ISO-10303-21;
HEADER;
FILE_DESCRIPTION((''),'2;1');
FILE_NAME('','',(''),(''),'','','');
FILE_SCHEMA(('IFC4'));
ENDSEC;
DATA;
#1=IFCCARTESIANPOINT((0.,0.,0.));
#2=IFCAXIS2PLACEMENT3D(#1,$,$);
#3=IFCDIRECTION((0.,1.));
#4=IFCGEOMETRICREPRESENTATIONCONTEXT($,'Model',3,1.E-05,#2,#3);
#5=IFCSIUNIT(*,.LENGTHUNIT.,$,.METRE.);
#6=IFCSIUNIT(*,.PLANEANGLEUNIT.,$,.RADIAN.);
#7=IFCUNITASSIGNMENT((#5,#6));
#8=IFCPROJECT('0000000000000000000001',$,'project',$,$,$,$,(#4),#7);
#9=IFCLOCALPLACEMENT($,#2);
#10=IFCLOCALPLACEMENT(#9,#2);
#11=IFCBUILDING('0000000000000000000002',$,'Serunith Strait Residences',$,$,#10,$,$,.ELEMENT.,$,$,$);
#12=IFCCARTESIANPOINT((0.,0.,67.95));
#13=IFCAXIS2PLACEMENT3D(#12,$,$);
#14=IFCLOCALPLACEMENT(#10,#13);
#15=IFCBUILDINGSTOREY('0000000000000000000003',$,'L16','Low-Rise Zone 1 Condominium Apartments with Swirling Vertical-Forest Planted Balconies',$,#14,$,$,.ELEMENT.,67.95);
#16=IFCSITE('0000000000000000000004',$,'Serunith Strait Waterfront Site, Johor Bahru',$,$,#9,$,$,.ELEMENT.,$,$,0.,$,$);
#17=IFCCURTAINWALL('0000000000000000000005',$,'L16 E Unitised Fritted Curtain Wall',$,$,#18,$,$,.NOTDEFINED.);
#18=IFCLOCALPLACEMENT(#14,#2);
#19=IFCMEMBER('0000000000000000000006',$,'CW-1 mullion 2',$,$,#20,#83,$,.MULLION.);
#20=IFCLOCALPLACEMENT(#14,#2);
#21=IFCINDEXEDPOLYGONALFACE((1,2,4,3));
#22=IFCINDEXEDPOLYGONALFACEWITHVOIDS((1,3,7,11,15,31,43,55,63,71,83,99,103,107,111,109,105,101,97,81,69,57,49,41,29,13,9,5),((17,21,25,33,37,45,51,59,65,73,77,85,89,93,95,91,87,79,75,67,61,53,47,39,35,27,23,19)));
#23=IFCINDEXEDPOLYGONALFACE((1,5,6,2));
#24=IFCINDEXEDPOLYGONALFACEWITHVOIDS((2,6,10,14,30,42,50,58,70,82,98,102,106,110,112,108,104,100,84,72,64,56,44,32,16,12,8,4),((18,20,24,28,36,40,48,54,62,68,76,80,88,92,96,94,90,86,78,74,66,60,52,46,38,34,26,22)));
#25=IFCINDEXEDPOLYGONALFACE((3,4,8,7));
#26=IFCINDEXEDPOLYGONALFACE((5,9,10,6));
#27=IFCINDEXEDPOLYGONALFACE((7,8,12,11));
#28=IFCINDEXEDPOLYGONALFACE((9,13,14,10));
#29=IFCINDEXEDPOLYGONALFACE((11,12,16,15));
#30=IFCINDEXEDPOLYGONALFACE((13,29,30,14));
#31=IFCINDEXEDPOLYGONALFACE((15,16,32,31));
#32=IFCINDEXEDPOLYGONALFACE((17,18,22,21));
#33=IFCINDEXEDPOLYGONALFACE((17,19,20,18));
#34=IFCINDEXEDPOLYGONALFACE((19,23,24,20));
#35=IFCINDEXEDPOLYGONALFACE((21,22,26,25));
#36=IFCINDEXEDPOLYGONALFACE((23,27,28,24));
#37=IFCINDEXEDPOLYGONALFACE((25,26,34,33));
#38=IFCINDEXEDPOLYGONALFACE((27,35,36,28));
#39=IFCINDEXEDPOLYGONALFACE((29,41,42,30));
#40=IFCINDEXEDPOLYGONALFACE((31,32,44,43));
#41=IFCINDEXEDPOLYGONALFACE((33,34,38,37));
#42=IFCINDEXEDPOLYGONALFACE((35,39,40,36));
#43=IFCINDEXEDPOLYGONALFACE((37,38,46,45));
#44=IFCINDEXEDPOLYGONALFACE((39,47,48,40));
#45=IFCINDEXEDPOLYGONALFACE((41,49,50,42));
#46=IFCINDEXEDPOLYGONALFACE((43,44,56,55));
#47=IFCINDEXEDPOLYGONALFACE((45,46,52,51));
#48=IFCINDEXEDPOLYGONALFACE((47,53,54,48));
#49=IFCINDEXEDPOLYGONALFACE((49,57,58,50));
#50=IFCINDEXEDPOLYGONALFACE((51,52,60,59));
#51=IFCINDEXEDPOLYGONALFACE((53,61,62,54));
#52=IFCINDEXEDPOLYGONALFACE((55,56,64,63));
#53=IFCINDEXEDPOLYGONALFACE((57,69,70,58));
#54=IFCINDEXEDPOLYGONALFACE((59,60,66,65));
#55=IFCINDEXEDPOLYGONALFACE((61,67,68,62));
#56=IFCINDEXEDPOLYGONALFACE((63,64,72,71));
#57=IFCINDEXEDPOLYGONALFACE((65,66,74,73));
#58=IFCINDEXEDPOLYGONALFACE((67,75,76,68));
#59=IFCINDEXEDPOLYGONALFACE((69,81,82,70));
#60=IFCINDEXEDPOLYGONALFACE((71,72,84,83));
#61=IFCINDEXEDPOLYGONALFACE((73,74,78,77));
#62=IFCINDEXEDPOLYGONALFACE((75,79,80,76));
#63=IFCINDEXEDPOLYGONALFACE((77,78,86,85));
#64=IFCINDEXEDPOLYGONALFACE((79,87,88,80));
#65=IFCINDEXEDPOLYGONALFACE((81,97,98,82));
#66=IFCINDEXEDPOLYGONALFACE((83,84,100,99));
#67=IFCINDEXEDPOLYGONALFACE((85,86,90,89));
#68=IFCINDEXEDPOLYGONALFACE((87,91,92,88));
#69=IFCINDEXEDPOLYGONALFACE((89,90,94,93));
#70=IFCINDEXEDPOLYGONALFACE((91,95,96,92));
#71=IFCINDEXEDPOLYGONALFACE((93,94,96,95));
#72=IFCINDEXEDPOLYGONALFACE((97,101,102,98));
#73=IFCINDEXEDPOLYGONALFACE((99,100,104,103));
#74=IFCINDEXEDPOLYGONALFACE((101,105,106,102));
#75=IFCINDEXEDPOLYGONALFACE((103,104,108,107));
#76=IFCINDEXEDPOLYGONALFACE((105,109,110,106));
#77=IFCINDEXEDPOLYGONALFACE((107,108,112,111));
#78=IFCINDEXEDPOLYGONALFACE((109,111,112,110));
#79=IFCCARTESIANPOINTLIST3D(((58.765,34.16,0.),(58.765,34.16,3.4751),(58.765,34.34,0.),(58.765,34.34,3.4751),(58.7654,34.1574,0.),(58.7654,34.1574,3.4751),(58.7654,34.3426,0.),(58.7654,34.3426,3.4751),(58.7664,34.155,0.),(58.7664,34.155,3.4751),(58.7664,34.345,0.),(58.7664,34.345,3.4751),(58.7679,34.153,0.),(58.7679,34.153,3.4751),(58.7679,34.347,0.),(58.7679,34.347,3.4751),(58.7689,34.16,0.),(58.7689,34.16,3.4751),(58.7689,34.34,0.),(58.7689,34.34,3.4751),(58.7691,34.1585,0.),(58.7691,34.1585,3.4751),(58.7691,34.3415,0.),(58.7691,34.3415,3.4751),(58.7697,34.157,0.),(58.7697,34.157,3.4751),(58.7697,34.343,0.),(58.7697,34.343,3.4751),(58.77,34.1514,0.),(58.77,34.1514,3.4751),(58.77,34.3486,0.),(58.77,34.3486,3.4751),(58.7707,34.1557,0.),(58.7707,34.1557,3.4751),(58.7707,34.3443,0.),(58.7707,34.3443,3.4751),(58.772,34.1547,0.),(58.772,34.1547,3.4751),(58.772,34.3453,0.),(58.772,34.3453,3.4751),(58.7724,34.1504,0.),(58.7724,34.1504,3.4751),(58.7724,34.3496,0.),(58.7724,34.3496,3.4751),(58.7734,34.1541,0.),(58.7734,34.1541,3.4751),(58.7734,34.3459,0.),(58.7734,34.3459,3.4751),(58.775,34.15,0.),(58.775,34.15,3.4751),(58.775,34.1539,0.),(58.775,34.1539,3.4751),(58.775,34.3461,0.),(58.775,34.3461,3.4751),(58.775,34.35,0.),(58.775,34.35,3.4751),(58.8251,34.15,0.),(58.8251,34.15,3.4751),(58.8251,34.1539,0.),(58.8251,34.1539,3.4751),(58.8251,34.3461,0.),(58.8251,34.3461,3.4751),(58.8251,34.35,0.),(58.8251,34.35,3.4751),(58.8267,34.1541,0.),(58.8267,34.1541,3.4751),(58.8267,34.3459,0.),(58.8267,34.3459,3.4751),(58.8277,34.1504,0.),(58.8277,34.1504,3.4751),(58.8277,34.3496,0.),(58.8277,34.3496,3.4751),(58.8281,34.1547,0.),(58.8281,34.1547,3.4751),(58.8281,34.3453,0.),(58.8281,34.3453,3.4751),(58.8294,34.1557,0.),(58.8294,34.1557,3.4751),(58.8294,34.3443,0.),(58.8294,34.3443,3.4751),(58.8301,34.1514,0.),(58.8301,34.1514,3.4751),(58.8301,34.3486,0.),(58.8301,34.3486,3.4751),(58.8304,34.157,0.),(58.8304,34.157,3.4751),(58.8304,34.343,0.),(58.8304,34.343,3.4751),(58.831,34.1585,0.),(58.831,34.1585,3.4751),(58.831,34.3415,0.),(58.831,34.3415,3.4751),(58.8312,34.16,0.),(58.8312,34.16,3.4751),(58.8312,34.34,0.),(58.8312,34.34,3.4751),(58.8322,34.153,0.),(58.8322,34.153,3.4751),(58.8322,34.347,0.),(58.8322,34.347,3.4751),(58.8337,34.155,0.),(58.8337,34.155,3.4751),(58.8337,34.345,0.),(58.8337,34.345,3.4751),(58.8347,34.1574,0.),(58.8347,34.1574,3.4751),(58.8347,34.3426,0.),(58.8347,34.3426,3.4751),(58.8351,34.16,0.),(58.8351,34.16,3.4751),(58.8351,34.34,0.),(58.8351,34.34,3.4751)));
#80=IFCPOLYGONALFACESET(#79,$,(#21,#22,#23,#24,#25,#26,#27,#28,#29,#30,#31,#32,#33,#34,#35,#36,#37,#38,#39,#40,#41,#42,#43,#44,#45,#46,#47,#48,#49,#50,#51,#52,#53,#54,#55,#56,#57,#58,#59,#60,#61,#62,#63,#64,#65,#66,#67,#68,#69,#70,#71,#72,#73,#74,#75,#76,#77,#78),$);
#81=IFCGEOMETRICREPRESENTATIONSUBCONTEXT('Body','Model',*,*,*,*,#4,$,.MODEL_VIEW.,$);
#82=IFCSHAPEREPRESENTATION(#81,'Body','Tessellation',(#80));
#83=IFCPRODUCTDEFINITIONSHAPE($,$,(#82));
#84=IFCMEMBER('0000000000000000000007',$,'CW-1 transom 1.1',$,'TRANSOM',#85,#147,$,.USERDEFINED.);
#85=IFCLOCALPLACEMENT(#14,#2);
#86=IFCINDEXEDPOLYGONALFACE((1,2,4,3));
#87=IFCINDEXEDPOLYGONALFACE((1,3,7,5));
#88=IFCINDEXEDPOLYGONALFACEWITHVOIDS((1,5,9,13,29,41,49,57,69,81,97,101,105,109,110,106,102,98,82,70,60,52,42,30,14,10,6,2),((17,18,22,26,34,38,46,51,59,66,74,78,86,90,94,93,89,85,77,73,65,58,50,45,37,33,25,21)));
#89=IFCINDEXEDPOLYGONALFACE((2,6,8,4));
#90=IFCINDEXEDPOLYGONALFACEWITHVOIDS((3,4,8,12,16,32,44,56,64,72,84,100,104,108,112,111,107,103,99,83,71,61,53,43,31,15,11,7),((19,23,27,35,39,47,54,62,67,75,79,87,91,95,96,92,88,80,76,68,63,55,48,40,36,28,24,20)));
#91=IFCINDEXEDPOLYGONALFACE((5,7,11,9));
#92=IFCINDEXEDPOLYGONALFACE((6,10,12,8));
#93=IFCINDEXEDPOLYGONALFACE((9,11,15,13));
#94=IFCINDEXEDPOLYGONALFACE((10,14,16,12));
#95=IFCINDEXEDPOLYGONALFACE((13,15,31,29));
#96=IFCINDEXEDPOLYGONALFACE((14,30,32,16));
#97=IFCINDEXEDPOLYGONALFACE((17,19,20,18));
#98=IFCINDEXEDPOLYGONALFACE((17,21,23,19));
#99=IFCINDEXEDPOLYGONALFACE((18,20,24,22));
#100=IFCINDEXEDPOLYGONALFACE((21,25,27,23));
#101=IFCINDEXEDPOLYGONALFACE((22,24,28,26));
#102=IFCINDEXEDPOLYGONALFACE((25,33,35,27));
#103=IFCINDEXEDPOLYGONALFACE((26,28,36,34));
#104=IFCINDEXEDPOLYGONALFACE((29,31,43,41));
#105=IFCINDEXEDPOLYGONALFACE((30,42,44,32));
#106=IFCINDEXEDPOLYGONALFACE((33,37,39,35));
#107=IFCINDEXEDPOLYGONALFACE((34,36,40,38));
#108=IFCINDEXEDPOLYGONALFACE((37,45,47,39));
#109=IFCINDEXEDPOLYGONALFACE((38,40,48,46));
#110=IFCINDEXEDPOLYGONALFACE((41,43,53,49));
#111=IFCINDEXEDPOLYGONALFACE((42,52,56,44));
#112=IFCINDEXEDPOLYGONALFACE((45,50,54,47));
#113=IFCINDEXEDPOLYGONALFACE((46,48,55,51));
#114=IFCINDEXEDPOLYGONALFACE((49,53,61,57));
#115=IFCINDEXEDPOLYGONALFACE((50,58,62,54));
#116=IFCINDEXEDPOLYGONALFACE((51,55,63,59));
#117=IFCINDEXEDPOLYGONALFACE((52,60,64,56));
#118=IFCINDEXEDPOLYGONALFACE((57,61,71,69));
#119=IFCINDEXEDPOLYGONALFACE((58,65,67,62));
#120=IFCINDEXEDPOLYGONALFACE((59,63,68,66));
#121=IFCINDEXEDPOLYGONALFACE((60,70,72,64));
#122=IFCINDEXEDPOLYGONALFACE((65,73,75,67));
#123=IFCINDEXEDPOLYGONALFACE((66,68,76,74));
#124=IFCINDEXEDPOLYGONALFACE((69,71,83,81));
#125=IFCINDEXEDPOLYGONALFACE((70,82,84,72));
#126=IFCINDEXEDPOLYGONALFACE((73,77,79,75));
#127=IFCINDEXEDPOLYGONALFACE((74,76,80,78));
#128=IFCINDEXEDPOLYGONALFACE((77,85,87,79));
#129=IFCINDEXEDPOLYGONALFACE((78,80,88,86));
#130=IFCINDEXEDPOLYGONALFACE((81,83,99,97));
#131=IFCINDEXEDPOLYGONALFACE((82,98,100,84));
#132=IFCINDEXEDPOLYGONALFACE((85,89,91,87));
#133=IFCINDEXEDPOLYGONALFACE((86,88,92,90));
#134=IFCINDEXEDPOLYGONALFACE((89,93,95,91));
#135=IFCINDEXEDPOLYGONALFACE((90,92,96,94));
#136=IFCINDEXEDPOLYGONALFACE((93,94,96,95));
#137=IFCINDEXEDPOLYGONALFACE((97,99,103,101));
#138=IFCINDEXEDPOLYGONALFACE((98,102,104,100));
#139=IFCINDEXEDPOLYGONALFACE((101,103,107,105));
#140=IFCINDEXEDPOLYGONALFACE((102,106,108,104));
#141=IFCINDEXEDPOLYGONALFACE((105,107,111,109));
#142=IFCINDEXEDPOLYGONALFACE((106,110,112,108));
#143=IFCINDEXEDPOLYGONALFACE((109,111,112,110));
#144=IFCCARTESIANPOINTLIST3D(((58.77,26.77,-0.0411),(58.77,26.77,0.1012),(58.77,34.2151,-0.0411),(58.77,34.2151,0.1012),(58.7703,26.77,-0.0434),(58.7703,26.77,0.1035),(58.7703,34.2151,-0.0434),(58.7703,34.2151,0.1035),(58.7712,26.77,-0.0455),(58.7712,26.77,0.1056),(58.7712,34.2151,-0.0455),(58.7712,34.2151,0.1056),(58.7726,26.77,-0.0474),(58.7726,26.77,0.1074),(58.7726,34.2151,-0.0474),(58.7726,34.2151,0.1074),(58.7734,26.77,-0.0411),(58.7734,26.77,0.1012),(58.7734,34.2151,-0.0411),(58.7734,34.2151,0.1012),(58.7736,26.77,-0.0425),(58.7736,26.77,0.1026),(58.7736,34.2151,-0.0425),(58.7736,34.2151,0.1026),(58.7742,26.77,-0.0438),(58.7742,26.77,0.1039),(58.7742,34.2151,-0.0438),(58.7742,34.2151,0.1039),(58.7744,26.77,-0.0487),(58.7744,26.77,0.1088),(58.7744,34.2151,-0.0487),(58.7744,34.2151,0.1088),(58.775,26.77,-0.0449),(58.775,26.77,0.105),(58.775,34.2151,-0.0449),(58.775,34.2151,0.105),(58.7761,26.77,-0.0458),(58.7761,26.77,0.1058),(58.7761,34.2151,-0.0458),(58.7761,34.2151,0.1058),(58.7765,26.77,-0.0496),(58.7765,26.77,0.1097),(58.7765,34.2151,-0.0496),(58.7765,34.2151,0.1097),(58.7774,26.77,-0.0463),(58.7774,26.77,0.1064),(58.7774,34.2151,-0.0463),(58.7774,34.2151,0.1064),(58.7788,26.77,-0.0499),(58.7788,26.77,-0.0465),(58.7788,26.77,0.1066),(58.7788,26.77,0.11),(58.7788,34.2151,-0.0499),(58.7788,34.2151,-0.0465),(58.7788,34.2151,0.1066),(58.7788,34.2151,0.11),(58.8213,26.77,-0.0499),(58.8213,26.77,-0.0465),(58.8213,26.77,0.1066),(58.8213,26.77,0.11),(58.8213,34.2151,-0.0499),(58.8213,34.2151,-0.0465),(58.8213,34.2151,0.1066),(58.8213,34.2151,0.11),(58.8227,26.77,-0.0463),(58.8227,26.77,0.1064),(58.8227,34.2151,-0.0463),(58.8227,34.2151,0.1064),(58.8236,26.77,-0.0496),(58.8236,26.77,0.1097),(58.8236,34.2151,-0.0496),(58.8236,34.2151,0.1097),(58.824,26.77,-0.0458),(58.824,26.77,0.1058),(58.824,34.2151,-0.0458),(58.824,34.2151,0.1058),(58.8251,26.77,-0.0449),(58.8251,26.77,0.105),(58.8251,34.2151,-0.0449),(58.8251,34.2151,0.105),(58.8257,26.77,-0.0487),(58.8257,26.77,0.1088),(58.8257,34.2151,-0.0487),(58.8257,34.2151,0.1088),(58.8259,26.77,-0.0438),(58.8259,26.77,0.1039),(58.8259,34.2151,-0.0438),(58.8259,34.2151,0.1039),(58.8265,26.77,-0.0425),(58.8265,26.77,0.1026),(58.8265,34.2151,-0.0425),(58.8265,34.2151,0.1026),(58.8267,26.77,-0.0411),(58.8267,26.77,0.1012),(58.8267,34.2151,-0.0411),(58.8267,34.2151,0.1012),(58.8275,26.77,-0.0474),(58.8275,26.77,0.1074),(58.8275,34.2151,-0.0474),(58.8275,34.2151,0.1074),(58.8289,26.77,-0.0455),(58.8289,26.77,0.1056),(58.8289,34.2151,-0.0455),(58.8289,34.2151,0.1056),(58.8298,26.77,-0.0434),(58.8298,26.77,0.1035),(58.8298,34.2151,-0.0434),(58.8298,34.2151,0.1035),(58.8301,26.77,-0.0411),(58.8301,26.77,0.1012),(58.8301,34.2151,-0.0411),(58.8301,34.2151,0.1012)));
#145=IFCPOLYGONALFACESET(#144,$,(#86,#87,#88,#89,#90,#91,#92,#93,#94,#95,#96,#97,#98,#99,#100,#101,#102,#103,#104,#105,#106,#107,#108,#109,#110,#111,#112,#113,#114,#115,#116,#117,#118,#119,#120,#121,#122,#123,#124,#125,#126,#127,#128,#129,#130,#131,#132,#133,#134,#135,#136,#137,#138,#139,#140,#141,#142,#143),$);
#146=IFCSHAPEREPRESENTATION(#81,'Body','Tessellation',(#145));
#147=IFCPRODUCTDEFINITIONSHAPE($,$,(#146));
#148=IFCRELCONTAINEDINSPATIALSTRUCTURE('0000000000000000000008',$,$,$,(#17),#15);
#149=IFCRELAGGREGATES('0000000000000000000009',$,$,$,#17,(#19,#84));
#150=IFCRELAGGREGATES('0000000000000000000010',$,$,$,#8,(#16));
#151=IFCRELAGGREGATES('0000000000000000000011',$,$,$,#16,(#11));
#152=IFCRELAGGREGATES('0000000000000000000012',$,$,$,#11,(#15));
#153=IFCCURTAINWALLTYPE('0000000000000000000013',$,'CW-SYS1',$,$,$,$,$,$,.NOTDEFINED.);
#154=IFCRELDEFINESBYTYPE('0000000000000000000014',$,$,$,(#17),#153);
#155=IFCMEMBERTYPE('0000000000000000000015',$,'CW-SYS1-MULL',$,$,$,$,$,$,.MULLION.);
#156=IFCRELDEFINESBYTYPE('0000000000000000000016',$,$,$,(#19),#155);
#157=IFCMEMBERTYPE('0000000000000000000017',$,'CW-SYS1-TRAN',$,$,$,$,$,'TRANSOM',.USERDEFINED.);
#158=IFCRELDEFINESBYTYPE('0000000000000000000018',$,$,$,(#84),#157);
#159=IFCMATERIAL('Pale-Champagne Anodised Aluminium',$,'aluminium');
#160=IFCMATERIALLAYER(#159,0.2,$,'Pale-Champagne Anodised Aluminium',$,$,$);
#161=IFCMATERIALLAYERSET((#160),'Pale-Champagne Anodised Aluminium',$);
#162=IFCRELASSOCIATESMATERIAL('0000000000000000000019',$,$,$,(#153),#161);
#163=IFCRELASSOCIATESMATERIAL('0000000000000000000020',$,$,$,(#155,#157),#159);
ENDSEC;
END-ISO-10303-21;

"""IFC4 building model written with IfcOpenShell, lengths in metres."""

from ifc_helpers import new_model, si_unit, direction, frame, origin, origin_2d, place, context, subcontext, project, spatial, hollow_rectangle, extrude, source, transform, mapped, material, layer, layer_set, material_profile, profile_set, type_object, element, aggregate, save


model = new_model("IFC4")

# Units and contexts
model_context = context("Model", 3, precision=1e-05, world=origin(), true_north=direction((0.0, 1.0)))
body_context = subcontext(model_context, "Body", "Model", "MODEL_VIEW")
ifc_project = project(units=[si_unit("LENGTHUNIT", "METRE"), si_unit("PLANEANGLEUNIT", "RADIAN")], contexts=[model_context])

# Site, building, storey
site_placement = place(None, origin())
site = spatial("IfcSite", under=ifc_project, at=site_placement, Name="Serunith Strait Waterfront Site, Johor Bahru", CompositionType="ELEMENT", RefElevation=0.0)
building_placement = place(site_placement, origin())
building = spatial("IfcBuilding", under=site, at=building_placement, Name="Serunith Strait Residences", CompositionType="ELEMENT")
storey_placement = place(building_placement, frame((0.0, 0.0, 67.95)))
storey = spatial("IfcBuildingStorey", under=building, at=storey_placement, Name="L16", Description="Low-Rise Zone 1 Condominium Apartments with Swirling Vertical-Forest Planted Balconies", CompositionType="ELEMENT", Elevation=67.95)

# Shared definitions
ifc_material_1 = material(Name="Pale-Champagne Anodised Aluminium", Category="aluminium")
ifc_layer_1 = layer(ifc_material_1, 0.2, Name="Pale-Champagne Anodised Aluminium")
ifc_layer_set_1 = layer_set([ifc_layer_1], Name="Pale-Champagne Anodised Aluminium")
curtain_wall_type = type_object("IfcCurtainWallType", Name="CW-SYS1", PredefinedType="NOTDEFINED", material=ifc_layer_set_1)
ifc_material_profile_1 = material_profile(ifc_material_1, hollow_rectangle(XDim=0.0701, YDim=0.2, WallThickness=0.0039, InnerFilletRadius=0.0061, OuterFilletRadius=0.01, at=origin_2d()), Name="ALU 200x70x4")
ifc_profile_set_1 = profile_set([ifc_material_profile_1], Name="Pale-Champagne Anodised Aluminium")
member_type_1 = type_object("IfcMemberType", Name="CW-SYS1-MULL", PredefinedType="MULLION", material=ifc_profile_set_1)
shared_shape_1 = source(origin(), body_context, "Body", "SweptSolid", [
    extrude(hollow_rectangle(XDim=0.0701, YDim=0.2, WallThickness=0.0039, InnerFilletRadius=0.0061, OuterFilletRadius=0.01, at=origin_2d()), origin(), (0.0, 0.0, 1.0), 3.4751),
])

# Curtain wall, members
curtain_wall_1_placement = place(storey_placement, origin())
curtain_wall_1 = element("IfcCurtainWall", 1, at=curtain_wall_1_placement, inside=storey, type_object=curtain_wall_type, Name="L16 E Unitised Fritted Curtain Wall", PredefinedType="NOTDEFINED")
member_1_placement = place(storey_placement, frame((58.8, 34.25, 0.0), z_axis=(0.0, 0.0, 1.0), x_axis=(-1.0, 0.0, 0.0)))
member_1 = element("IfcMember", 2, at=member_1_placement, type_object=member_type_1, Name="CW-1 mullion 2", PredefinedType="MULLION", context=body_context, shape_type="MappedRepresentation", body=[
    mapped(shared_shape_1, transform((0.0, 0.0, 0.0), scale=1.0)),
])
ifc_material_profile_2 = material_profile(ifc_material_1, hollow_rectangle(XDim=0.0601, YDim=0.1599, WallThickness=0.0034, InnerFilletRadius=0.0054, OuterFilletRadius=0.0088, at=origin_2d()), Name="ALU 160x60x3.5")
ifc_profile_set_2 = profile_set([ifc_material_profile_2], Name="Pale-Champagne Anodised Aluminium")
member_type_2 = type_object("IfcMemberType", Name="CW-SYS1-TRAN", ElementType="TRANSOM", PredefinedType="USERDEFINED", material=ifc_profile_set_2)
shared_shape_2 = source(origin(), body_context, "Body", "SweptSolid", [
    extrude(hollow_rectangle(XDim=0.0601, YDim=0.1599, WallThickness=0.0034, InnerFilletRadius=0.0054, OuterFilletRadius=0.0088, at=origin_2d()), origin(), (0.0, 0.0, 1.0), 7.4451),
])
member_2_placement = place(storey_placement, frame((58.8, 26.77, 0.03), z_axis=(0.0, 1.0, 0.0), x_axis=(-1.0, 0.0, 0.0)))
member_2 = element("IfcMember", 3, at=member_2_placement, type_object=member_type_2, Name="CW-1 transom 1.1", ObjectType="TRANSOM", PredefinedType="USERDEFINED", context=body_context, shape_type="MappedRepresentation", body=[
    mapped(shared_shape_2, transform((0.0, 0.0, 0.0), scale=1.0)),
])
aggregate(curtain_wall_1, [member_1, member_2])

save(model, "model.ifc")
